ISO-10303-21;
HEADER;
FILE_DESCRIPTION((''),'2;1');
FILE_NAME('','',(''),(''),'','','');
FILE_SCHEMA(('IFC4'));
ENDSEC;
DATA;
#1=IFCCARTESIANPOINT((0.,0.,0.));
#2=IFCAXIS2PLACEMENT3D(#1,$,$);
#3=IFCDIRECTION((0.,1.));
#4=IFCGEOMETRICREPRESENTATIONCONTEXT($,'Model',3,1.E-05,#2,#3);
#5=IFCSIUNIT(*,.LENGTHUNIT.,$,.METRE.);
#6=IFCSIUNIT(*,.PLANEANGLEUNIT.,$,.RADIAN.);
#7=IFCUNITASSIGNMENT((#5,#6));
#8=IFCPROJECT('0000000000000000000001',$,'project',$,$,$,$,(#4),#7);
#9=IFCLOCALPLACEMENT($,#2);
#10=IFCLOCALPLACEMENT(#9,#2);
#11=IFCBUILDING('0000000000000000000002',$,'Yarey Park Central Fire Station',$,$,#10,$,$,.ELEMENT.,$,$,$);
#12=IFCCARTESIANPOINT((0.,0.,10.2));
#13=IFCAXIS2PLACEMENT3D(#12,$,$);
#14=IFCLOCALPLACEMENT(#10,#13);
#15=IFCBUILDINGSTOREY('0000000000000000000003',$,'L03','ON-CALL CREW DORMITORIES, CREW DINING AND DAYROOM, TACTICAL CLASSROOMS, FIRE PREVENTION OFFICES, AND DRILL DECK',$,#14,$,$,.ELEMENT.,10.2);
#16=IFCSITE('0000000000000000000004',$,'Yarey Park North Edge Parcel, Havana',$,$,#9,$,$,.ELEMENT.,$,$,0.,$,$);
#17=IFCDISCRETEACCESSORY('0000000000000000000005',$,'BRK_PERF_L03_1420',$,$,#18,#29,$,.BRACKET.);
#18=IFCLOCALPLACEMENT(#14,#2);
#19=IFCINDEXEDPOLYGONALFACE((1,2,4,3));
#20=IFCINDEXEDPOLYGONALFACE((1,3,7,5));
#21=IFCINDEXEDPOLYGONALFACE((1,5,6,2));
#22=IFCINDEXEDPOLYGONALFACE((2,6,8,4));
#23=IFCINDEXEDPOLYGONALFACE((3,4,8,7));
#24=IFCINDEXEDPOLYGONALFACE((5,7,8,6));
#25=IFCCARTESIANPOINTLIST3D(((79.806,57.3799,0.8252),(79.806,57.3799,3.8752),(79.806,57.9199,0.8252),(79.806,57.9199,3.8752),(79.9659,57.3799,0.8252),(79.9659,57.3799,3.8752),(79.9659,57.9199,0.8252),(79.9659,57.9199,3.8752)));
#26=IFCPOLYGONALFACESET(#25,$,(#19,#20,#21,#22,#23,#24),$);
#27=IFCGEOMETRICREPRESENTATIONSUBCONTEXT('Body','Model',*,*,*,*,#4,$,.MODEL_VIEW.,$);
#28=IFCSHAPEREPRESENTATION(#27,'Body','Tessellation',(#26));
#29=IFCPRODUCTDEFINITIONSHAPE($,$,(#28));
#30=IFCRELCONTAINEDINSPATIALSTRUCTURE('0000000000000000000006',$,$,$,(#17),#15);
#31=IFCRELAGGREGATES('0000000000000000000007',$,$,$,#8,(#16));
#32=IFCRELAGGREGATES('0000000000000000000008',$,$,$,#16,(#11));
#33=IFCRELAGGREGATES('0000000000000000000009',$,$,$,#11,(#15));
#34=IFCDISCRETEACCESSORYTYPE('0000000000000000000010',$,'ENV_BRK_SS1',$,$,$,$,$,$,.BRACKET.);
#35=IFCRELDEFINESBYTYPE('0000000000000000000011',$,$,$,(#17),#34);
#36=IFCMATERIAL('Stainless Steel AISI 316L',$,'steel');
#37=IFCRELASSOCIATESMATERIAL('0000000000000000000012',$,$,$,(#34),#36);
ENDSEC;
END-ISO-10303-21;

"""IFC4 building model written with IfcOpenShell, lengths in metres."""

from ifc_helpers import new_model, si_unit, direction, frame, origin, origin_2d, place, context, subcontext, project, spatial, rectangle, extrude, material, type_object, element, save


model = new_model("IFC4")

# Units and contexts
model_context = context("Model", 3, precision=1e-05, world=origin(), true_north=direction((0.0, 1.0)))
body_context = subcontext(model_context, "Body", "Model", "MODEL_VIEW")
ifc_project = project(units=[si_unit("LENGTHUNIT", "METRE"), si_unit("PLANEANGLEUNIT", "RADIAN")], contexts=[model_context])

# Site, building, storey
site_placement = place(None, origin())
site = spatial("IfcSite", under=ifc_project, at=site_placement, Name="Yarey Park North Edge Parcel, Havana", CompositionType="ELEMENT", RefElevation=0.0)
building_placement = place(site_placement, origin())
building = spatial("IfcBuilding", under=site, at=building_placement, Name="Yarey Park Central Fire Station", CompositionType="ELEMENT")
storey_placement = place(building_placement, frame((0.0, 0.0, 10.2)))
storey = spatial("IfcBuildingStorey", under=building, at=storey_placement, Name="L03", Description="ON-CALL CREW DORMITORIES, CREW DINING AND DAYROOM, TACTICAL CLASSROOMS, FIRE PREVENTION OFFICES, AND DRILL DECK", CompositionType="ELEMENT", Elevation=10.2)

# Discrete accessory
ifc_material_1 = material(Name="Stainless Steel AISI 316L", Category="steel")
discrete_accessory_type = type_object("IfcDiscreteAccessoryType", Name="ENV_BRK_SS1", PredefinedType="BRACKET", material=ifc_material_1)
discrete_accessory_1_placement = place(storey_placement, frame((79.886, 57.6499, 0.8252), z_axis=(0.0, 0.0, 1.0), x_axis=(1.0, 0.0, 0.0)))
element("IfcDiscreteAccessory", 1, at=discrete_accessory_1_placement, inside=storey, type_object=discrete_accessory_type, Name="BRK_PERF_L03_1420", PredefinedType="BRACKET", context=body_context, shape_type="SweptSolid", body=[
    extrude(rectangle(XDim=0.1599, YDim=0.54, at=origin_2d()), origin(), (0.0, 0.0, 1.0), 3.05),
])

save(model, "model.ifc")
